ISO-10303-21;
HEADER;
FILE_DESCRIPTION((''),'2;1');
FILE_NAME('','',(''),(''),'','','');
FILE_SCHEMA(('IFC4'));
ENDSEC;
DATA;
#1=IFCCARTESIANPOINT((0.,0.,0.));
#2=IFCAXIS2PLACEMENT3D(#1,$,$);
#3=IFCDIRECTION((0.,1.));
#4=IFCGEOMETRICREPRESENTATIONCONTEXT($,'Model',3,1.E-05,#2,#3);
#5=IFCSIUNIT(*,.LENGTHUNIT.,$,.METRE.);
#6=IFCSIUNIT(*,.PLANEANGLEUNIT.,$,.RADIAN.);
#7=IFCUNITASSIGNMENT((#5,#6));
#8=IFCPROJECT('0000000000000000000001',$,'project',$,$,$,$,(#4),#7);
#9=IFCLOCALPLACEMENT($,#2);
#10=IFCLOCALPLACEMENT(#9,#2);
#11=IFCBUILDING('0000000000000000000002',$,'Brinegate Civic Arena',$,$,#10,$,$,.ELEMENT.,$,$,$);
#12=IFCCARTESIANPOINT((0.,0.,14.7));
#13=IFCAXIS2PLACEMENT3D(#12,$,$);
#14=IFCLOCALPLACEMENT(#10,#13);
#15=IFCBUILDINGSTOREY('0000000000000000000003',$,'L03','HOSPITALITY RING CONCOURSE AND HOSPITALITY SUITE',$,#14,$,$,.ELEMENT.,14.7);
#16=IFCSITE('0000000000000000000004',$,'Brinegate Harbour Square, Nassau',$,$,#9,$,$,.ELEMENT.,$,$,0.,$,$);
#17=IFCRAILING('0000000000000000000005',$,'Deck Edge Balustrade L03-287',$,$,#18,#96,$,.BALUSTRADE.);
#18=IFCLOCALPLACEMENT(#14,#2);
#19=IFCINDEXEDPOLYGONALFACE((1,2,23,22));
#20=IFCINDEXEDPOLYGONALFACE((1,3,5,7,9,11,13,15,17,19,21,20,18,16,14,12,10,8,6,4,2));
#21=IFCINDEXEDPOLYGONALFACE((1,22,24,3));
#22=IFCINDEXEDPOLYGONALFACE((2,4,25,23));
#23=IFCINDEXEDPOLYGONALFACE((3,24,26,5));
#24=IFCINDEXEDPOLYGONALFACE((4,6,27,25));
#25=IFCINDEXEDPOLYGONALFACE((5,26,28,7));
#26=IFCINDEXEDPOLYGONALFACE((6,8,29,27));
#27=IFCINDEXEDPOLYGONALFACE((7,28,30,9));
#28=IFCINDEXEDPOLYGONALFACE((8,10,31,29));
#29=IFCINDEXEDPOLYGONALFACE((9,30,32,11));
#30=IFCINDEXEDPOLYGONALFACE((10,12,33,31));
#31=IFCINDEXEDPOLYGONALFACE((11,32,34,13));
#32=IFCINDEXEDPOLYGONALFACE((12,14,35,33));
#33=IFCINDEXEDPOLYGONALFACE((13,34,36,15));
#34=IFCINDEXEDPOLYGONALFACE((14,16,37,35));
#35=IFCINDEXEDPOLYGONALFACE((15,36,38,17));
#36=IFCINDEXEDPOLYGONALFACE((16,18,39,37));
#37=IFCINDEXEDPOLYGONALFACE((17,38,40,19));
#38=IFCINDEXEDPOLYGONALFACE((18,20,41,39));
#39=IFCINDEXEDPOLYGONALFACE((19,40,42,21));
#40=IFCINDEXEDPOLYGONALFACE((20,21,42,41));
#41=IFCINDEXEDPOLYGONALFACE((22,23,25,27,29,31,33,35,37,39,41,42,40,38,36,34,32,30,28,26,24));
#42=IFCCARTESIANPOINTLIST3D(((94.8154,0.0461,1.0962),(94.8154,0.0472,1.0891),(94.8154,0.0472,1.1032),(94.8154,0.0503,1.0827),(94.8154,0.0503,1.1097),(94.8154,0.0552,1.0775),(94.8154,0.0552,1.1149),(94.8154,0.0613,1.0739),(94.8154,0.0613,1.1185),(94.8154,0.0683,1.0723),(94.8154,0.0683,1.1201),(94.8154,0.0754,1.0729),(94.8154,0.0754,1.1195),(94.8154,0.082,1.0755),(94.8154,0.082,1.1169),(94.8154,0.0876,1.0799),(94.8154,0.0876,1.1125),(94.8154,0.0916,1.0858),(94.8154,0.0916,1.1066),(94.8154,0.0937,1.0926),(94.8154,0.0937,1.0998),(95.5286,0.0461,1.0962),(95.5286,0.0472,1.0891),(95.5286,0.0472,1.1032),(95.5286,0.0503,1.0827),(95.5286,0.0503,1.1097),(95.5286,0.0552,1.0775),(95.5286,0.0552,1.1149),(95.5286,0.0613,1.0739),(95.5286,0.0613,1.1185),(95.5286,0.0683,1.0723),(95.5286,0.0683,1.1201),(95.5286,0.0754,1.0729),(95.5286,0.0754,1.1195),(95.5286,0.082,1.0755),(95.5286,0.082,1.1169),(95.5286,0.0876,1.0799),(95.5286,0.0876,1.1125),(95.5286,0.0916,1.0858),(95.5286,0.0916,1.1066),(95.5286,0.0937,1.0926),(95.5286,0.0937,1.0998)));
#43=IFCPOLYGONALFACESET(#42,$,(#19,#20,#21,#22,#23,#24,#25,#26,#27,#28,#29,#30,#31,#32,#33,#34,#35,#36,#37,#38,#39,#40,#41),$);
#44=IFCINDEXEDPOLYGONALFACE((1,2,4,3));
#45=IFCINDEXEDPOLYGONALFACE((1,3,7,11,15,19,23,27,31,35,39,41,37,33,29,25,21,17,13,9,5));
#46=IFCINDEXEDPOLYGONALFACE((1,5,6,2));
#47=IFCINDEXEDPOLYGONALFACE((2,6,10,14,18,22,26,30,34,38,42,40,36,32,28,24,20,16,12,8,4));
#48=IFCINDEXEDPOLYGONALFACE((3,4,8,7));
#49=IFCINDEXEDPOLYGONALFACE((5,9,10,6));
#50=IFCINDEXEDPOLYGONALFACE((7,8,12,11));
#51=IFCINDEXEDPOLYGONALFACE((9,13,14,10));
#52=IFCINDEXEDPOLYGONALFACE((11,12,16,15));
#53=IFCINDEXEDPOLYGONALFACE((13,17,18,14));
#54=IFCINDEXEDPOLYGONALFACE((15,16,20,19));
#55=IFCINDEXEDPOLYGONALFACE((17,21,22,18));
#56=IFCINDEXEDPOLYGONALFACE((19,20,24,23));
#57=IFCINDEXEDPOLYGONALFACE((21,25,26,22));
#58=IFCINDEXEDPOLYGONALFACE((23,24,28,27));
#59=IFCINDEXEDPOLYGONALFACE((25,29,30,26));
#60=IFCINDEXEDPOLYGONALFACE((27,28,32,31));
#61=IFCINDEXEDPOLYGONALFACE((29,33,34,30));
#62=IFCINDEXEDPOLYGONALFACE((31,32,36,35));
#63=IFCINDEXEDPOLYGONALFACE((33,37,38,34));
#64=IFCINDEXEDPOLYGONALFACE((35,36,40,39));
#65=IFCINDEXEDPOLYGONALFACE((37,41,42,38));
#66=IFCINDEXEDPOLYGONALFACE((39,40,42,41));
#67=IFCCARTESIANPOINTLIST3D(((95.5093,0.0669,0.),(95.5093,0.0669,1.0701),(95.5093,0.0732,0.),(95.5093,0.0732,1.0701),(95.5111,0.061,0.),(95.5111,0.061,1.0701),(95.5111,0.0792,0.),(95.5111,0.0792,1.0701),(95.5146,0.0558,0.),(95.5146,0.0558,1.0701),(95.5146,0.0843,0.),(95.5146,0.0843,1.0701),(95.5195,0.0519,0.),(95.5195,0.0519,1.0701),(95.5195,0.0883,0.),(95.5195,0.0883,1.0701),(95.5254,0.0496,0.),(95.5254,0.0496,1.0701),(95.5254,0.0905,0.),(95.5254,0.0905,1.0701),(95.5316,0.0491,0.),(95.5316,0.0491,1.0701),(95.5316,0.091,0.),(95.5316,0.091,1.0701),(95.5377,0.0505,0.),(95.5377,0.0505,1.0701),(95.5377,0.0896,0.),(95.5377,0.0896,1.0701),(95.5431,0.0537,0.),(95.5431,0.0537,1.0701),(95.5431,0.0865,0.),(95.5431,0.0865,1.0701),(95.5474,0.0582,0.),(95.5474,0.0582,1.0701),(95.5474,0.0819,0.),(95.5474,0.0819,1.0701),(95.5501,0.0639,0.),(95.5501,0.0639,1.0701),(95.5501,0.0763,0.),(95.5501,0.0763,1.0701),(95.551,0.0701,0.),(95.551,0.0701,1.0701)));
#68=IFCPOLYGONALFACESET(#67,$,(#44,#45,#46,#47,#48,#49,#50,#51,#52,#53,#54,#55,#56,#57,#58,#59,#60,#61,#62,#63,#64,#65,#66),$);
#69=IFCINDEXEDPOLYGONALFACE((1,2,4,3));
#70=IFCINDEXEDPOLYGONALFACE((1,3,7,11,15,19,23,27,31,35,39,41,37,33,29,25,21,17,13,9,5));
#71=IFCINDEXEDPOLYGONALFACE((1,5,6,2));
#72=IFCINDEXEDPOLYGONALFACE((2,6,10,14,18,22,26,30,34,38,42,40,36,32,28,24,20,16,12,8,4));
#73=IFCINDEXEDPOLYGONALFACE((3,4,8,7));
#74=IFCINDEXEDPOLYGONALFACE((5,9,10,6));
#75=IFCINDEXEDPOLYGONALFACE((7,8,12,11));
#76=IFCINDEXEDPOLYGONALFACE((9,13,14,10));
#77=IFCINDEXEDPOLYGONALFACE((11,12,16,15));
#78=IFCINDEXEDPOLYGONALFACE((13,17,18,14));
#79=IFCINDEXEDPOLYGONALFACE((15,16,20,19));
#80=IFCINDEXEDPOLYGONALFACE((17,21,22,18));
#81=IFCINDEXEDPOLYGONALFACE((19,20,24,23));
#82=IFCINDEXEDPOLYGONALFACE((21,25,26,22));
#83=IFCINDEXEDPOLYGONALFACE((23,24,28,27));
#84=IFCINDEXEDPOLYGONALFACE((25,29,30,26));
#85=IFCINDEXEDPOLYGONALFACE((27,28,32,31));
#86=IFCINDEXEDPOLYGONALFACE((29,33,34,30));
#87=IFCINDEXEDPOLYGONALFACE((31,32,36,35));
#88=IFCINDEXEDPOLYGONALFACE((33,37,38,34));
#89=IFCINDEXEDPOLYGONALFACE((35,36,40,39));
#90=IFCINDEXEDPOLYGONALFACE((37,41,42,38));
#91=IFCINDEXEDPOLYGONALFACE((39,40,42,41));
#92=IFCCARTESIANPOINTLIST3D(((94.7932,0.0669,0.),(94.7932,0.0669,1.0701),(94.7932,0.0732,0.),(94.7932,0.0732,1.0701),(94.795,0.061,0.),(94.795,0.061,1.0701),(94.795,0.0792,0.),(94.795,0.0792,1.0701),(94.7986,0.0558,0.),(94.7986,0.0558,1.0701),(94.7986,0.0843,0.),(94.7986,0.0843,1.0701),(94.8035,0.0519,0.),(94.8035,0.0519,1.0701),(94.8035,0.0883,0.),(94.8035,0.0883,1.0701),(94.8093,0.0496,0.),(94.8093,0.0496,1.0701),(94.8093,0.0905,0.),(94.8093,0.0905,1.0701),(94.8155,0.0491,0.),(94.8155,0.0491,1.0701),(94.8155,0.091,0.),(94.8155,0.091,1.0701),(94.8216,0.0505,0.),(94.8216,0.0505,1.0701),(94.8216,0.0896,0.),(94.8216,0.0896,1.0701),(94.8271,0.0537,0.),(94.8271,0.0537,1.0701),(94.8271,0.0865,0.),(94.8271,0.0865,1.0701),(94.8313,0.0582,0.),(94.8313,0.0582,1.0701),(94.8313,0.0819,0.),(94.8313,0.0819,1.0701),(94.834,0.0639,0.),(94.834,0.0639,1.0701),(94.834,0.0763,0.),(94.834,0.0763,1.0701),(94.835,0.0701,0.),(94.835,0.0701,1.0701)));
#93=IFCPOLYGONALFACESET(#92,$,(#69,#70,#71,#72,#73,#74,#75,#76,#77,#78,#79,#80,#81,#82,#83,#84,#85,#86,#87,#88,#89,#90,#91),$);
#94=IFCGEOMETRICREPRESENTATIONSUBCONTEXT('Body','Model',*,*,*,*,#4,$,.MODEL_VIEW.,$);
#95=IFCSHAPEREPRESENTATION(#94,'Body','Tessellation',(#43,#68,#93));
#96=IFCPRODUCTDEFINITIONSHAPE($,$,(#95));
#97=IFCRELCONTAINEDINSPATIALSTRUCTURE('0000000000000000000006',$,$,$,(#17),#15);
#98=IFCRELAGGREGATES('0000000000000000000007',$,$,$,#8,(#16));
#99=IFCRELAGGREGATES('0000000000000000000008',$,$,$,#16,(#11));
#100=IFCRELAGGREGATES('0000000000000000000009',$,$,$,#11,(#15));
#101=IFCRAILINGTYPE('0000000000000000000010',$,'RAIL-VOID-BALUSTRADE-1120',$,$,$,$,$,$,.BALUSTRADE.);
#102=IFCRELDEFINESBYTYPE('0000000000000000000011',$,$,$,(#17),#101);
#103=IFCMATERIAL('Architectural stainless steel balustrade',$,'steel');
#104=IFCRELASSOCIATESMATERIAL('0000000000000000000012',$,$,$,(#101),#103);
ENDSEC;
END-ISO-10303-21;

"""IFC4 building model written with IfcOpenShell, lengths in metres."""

from ifc_helpers import new_model, si_unit, direction, frame, origin, origin_2d, place, context, subcontext, project, spatial, circle, extrude, material, type_object, element, save


model = new_model("IFC4")

# Units and contexts
model_context = context("Model", 3, precision=1e-05, world=origin(), true_north=direction((0.0, 1.0)))
body_context = subcontext(model_context, "Body", "Model", "MODEL_VIEW")
ifc_project = project(units=[si_unit("LENGTHUNIT", "METRE"), si_unit("PLANEANGLEUNIT", "RADIAN")], contexts=[model_context])

# Site, building, storey
site_placement = place(None, origin())
site = spatial("IfcSite", under=ifc_project, at=site_placement, Name="Brinegate Harbour Square, Nassau", CompositionType="ELEMENT", RefElevation=0.0)
building_placement = place(site_placement, origin())
building = spatial("IfcBuilding", under=site, at=building_placement, Name="Brinegate Civic Arena", CompositionType="ELEMENT")
storey_placement = place(building_placement, frame((0.0, 0.0, 14.7)))
storey = spatial("IfcBuildingStorey", under=building, at=storey_placement, Name="L03", Description="HOSPITALITY RING CONCOURSE AND HOSPITALITY SUITE", CompositionType="ELEMENT", Elevation=14.7)

# Railing
ifc_material_1 = material(Name="Architectural stainless steel balustrade", Category="steel")
railing_type = type_object("IfcRailingType", Name="RAIL-VOID-BALUSTRADE-1120", PredefinedType="BALUSTRADE", material=ifc_material_1)
for number, where, name in (
    (1, (95.53, 0.0701, 0.0), "Deck Edge Balustrade L03-287"),
):
    element("IfcRailing", number, at=place(storey_placement, frame(where)), inside=storey, type_object=railing_type, Name=name, PredefinedType="BALUSTRADE", context=body_context, shape_type="SweptSolid", body=[
        extrude(circle(Radius=0.0239, at=origin_2d()), frame((-0.0015, 0.0, 1.0962), z_axis=(-1.0, 0.0, 0.0), x_axis=(0.0, -1.0, 0.0)), (0.0, 0.0, 1.0), 0.7131),
        extrude(circle(Radius=0.021, at=origin_2d()), origin(), (0.0, 0.0, 1.0), 1.0701),
        extrude(circle(Radius=0.021, at=origin_2d()), frame((-0.7161, 0.0, 0.0)), (0.0, 0.0, 1.0), 1.0701),
    ])

save(model, "model.ifc")
